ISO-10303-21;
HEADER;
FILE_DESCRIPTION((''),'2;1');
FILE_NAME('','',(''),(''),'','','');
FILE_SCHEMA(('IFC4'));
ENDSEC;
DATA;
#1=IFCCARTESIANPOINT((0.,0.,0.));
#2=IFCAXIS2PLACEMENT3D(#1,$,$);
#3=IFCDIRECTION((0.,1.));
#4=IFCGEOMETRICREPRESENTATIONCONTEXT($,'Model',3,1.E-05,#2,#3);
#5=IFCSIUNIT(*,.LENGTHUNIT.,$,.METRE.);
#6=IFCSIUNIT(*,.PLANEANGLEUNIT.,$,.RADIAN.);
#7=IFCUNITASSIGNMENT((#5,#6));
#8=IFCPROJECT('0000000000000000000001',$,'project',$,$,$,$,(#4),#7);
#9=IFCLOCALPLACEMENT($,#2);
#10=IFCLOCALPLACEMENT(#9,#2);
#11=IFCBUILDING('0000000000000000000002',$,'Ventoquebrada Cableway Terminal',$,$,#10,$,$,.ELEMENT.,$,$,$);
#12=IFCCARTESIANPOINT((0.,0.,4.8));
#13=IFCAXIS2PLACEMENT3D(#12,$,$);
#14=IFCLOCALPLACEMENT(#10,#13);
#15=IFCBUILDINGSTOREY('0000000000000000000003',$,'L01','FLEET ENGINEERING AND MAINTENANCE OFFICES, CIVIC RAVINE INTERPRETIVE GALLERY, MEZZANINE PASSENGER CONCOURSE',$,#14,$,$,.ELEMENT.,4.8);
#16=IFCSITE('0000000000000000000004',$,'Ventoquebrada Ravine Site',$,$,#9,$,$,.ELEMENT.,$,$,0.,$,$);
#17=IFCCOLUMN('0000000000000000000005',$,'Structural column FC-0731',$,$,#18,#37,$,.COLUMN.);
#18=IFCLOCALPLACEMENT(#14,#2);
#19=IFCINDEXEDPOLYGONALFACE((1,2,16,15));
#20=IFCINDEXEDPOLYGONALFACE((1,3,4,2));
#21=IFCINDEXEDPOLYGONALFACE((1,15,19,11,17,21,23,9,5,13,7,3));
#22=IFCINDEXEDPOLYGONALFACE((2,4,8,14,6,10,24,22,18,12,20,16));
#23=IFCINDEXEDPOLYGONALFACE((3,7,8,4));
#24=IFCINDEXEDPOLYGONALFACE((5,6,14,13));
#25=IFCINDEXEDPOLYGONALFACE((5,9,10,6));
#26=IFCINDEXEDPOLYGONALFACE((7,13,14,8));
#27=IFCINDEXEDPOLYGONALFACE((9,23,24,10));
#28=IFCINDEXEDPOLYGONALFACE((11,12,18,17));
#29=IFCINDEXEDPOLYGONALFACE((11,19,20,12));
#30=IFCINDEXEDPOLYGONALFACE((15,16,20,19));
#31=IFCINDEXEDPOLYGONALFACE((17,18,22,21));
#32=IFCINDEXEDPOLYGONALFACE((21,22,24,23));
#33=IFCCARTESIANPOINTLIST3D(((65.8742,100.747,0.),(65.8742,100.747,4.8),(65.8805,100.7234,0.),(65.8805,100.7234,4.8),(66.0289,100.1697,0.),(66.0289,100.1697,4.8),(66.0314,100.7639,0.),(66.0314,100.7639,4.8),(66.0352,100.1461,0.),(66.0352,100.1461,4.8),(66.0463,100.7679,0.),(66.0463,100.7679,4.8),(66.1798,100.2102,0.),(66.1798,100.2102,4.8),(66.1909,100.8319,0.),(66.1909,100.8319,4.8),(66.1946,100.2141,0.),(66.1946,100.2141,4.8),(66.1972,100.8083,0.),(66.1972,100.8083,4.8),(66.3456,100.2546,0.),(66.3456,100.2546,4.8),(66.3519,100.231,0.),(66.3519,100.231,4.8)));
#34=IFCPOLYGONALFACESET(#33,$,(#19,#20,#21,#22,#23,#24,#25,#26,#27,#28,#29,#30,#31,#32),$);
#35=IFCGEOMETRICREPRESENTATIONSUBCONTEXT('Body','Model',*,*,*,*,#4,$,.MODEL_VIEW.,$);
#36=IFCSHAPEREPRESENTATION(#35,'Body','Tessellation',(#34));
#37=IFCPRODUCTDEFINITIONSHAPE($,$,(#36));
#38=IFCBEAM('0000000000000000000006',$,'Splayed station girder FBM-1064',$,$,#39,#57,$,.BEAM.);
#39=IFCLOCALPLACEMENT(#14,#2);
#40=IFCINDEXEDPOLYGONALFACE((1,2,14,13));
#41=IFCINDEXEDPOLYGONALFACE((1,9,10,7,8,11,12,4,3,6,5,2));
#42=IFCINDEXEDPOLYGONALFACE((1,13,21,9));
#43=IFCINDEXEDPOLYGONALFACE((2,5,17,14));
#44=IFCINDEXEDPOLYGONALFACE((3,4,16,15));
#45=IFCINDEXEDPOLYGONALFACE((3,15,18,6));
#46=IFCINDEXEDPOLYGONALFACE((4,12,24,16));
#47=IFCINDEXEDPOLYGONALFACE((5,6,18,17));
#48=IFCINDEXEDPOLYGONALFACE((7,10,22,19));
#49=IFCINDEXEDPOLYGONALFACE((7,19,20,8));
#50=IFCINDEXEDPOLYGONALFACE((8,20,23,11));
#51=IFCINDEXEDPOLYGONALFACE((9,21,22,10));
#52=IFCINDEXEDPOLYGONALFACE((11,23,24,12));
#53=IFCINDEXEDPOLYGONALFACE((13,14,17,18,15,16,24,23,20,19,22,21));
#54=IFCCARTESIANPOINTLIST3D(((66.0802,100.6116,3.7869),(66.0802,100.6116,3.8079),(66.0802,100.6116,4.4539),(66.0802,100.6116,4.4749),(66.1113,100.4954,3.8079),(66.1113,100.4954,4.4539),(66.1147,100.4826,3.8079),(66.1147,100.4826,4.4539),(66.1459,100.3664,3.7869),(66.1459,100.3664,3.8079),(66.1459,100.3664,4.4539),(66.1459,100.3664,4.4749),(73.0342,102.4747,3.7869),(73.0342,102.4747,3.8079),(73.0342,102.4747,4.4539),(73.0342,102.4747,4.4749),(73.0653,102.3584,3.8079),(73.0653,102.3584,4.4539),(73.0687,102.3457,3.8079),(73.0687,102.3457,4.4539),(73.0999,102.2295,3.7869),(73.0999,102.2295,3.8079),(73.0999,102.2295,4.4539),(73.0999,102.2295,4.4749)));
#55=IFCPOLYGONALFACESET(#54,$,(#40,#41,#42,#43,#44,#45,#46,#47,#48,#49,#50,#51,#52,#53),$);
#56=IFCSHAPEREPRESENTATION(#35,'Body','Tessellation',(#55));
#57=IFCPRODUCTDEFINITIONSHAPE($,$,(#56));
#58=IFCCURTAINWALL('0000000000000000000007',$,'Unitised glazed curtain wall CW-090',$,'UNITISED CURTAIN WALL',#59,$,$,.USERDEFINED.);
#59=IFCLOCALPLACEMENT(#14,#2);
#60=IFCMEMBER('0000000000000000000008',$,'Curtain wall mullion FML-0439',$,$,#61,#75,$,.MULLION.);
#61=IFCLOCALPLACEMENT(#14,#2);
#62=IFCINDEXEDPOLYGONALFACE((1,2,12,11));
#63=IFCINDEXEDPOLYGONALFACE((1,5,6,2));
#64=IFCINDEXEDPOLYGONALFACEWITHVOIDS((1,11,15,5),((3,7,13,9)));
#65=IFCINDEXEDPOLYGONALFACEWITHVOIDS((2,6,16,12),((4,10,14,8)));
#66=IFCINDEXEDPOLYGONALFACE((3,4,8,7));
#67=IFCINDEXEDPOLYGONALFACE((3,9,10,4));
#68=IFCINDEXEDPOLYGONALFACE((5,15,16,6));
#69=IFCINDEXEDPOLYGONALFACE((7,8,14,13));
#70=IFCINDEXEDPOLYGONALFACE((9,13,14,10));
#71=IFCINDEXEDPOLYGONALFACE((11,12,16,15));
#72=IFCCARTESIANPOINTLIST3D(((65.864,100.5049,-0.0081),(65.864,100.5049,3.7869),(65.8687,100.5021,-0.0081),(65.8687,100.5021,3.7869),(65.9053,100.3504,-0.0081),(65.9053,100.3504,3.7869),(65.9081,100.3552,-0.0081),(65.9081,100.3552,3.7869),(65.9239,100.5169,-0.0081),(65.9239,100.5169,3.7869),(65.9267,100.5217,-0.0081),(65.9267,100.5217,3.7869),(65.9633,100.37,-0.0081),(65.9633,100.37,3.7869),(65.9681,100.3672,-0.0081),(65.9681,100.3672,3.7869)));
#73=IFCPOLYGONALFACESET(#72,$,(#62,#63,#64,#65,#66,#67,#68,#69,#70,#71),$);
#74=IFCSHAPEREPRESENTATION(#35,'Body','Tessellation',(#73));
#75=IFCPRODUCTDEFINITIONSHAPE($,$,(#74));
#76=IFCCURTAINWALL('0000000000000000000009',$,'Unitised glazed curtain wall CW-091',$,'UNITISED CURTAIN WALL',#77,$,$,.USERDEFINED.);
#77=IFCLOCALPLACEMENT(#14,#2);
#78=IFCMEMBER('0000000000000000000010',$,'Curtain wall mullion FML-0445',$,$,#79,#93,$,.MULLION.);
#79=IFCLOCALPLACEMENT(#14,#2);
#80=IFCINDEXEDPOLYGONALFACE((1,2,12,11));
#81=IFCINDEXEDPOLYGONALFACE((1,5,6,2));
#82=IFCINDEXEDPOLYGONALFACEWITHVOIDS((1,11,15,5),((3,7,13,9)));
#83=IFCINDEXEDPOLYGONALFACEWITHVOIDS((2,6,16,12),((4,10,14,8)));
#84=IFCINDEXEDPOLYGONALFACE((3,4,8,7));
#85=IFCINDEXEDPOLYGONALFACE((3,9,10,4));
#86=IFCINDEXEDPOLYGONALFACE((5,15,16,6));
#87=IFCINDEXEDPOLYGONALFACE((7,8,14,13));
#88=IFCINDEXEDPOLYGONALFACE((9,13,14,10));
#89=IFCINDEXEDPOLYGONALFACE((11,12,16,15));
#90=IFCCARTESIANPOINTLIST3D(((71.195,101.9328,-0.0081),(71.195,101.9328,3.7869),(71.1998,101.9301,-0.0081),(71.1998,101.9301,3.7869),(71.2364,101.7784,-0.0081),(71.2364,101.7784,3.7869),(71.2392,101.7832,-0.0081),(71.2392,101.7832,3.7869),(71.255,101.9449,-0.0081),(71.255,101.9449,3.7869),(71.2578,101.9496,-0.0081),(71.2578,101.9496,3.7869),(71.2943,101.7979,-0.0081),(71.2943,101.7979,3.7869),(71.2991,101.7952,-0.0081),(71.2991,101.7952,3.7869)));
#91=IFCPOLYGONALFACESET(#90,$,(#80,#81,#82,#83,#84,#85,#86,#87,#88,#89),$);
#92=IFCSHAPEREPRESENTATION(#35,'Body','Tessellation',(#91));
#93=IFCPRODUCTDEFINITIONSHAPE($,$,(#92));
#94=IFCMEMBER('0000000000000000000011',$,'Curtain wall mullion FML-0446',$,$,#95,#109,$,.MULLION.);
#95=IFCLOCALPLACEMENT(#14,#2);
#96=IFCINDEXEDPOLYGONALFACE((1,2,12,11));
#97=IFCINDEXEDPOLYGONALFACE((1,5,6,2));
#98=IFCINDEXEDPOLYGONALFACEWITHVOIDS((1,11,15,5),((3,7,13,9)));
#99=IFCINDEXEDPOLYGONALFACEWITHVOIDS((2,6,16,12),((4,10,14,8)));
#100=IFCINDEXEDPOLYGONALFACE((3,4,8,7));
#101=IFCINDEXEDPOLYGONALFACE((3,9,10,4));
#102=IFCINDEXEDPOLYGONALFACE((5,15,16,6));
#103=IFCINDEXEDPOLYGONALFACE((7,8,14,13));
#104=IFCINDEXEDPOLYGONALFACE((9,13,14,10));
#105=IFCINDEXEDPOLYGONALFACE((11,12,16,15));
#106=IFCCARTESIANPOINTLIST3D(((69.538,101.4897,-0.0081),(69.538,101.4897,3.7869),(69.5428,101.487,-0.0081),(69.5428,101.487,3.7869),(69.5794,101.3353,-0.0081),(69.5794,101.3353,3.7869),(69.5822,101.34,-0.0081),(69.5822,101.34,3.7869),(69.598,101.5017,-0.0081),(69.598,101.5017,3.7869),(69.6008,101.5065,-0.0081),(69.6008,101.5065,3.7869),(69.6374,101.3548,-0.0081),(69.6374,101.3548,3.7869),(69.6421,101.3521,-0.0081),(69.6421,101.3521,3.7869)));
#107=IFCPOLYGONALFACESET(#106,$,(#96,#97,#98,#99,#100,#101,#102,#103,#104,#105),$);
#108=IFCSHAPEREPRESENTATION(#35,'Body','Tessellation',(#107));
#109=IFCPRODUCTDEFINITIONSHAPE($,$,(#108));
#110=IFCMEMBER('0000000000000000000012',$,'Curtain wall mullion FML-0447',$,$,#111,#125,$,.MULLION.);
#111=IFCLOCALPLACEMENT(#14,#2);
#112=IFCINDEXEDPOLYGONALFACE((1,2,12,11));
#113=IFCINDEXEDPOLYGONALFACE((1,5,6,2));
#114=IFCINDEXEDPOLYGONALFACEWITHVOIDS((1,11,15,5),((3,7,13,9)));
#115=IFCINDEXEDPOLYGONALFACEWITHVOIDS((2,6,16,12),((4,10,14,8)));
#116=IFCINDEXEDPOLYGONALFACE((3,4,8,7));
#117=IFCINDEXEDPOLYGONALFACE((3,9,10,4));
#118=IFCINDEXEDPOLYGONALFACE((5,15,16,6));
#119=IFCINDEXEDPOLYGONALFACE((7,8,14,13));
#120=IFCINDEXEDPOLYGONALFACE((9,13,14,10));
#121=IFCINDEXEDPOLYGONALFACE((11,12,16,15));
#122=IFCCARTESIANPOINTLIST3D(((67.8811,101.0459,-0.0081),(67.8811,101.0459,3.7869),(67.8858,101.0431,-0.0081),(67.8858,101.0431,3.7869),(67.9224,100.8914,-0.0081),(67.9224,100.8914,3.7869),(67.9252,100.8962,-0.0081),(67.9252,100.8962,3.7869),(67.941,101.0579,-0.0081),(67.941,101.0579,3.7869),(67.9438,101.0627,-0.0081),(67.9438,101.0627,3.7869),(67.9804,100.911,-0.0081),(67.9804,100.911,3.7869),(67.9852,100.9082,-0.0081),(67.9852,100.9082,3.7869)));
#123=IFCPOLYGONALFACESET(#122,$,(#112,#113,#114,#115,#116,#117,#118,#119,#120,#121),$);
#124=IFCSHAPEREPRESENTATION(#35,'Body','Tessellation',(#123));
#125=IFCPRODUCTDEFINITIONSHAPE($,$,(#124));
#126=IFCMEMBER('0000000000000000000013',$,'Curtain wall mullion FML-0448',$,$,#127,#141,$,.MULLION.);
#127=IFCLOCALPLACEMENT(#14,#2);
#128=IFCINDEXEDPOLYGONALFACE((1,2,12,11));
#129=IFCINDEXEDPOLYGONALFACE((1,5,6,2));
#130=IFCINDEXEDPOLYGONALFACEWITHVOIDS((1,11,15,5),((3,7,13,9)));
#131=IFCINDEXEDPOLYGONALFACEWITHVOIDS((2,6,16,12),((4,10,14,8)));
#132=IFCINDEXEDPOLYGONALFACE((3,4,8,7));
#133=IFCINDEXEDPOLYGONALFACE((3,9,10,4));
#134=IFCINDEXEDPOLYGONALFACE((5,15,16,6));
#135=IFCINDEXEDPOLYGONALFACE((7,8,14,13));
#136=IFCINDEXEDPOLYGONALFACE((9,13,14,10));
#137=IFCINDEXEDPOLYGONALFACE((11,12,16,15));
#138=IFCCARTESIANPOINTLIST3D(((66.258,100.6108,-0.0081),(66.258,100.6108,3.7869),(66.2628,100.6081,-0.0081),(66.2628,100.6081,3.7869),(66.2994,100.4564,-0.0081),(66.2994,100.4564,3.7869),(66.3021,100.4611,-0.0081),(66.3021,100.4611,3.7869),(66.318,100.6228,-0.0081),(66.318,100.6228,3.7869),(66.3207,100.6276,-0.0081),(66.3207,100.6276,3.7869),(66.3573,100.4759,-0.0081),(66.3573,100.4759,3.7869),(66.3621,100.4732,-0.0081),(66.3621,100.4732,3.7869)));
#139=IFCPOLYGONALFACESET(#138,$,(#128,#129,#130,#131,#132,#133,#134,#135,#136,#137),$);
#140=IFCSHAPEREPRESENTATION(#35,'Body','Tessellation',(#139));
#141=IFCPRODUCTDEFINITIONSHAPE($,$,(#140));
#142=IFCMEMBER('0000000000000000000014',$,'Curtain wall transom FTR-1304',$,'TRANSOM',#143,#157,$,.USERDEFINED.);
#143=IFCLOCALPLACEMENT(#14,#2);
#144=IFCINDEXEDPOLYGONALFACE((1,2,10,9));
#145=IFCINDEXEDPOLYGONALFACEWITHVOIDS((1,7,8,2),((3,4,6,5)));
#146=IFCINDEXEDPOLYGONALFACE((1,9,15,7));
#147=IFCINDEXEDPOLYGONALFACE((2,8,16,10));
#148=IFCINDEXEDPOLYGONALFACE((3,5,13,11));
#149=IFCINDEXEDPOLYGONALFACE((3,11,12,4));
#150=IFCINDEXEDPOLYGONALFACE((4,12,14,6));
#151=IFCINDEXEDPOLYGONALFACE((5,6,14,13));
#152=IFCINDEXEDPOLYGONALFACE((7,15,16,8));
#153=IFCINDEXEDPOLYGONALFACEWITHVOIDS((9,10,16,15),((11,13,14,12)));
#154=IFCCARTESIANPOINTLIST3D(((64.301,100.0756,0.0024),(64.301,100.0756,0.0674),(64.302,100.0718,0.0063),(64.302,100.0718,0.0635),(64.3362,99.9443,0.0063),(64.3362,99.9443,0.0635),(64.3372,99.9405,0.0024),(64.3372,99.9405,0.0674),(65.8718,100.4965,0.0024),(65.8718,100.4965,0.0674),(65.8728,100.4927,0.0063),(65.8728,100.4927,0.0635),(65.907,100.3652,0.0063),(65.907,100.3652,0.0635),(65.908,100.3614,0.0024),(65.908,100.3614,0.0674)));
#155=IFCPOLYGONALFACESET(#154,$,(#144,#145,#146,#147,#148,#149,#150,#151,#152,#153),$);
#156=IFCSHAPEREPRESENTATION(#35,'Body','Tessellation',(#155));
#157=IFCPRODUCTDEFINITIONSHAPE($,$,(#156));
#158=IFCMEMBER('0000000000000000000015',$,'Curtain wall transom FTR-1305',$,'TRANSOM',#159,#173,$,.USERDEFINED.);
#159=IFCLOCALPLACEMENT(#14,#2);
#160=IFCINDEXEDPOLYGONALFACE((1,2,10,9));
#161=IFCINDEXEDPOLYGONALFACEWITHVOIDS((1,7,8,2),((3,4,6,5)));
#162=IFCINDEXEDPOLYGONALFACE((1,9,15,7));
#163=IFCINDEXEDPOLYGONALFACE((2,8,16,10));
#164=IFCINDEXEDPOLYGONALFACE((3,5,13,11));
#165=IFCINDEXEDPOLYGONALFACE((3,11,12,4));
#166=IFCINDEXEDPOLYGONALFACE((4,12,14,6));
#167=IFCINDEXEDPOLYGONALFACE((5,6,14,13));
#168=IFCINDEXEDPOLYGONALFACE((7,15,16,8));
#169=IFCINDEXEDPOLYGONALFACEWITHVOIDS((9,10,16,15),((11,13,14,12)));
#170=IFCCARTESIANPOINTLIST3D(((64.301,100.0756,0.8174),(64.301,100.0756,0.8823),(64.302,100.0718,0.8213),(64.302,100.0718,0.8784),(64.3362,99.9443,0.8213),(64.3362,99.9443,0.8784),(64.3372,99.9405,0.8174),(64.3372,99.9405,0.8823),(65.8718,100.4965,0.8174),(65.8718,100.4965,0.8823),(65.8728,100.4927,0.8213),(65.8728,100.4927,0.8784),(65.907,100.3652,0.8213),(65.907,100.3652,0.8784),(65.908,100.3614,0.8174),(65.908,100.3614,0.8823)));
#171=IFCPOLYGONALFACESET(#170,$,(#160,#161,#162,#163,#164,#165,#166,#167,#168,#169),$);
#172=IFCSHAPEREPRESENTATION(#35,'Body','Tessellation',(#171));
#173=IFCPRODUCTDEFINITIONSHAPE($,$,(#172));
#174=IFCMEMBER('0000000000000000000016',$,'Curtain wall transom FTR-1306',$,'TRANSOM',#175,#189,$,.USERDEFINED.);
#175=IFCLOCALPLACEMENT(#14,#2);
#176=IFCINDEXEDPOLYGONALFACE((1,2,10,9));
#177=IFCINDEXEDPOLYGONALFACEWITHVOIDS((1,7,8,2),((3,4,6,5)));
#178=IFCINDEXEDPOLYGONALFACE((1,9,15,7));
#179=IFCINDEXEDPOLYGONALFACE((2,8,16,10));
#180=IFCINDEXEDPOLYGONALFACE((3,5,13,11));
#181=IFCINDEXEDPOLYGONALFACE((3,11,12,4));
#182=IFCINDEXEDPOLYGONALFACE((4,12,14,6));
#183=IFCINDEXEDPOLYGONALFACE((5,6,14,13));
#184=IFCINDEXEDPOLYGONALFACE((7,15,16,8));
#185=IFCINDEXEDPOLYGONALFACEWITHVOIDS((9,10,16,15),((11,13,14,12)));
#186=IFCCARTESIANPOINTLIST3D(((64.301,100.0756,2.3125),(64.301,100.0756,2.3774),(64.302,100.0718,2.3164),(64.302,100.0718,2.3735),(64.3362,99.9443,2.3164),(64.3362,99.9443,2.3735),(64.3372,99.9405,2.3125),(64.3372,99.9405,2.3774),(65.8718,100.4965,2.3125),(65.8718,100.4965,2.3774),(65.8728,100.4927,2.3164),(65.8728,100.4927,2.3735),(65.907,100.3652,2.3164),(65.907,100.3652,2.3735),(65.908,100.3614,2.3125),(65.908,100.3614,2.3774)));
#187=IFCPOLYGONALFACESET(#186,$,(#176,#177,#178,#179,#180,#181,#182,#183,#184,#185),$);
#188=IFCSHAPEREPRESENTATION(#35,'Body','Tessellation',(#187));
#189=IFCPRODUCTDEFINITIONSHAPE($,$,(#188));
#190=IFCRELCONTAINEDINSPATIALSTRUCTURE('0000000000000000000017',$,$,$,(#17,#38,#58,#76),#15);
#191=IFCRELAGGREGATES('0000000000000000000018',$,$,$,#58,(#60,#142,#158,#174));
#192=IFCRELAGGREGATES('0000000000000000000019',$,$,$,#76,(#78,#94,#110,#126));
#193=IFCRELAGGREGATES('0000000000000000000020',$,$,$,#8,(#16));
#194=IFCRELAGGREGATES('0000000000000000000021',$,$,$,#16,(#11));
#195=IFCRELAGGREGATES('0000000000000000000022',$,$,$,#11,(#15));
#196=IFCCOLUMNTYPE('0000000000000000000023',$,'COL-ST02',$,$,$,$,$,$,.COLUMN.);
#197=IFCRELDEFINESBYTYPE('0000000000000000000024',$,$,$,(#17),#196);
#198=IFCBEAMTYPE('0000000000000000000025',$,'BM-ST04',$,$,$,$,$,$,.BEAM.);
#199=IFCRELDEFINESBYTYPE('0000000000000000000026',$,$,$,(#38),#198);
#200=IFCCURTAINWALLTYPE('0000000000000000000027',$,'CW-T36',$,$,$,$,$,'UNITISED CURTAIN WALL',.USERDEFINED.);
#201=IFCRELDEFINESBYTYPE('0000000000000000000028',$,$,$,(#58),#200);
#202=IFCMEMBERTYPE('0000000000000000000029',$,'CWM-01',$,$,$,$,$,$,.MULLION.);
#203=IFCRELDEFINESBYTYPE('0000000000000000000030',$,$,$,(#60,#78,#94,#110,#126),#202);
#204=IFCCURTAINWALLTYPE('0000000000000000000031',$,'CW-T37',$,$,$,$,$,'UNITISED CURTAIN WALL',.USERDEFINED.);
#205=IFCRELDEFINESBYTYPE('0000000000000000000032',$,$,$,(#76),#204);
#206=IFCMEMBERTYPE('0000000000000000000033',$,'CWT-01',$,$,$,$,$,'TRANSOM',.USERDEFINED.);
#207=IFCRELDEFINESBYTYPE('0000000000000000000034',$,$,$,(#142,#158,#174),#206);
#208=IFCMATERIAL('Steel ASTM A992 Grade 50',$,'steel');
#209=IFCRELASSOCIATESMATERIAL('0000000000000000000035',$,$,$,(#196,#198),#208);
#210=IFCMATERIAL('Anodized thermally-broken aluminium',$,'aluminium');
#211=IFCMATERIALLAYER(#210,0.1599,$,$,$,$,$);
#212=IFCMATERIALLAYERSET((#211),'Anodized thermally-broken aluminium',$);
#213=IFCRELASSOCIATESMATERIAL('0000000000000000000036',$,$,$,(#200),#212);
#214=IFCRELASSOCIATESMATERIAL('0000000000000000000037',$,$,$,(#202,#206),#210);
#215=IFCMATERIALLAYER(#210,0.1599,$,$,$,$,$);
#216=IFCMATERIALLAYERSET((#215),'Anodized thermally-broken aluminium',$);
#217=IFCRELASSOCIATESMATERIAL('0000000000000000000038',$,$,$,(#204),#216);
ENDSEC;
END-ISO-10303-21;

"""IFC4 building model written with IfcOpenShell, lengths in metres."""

from ifc_helpers import new_model, si_unit, direction, frame, origin, origin_2d, place, context, subcontext, project, spatial, hollow_rectangle, i_section, extrude, material, layer, layer_set, material_profile, profile_set, type_object, element, aggregate, save


model = new_model("IFC4")

# Units and contexts
model_context = context("Model", 3, precision=1e-05, world=origin(), true_north=direction((0.0, 1.0)))
body_context = subcontext(model_context, "Body", "Model", "MODEL_VIEW")
ifc_project = project(units=[si_unit("LENGTHUNIT", "METRE"), si_unit("PLANEANGLEUNIT", "RADIAN")], contexts=[model_context])

# Site, building, storey
site_placement = place(None, origin())
site = spatial("IfcSite", under=ifc_project, at=site_placement, Name="Ventoquebrada Ravine Site", CompositionType="ELEMENT", RefElevation=0.0)
building_placement = place(site_placement, origin())
building = spatial("IfcBuilding", under=site, at=building_placement, Name="Ventoquebrada Cableway Terminal", CompositionType="ELEMENT")
storey_placement = place(building_placement, frame((0.0, 0.0, 4.8)))
storey = spatial("IfcBuildingStorey", under=building, at=storey_placement, Name="L01", Description="FLEET ENGINEERING AND MAINTENANCE OFFICES, CIVIC RAVINE INTERPRETIVE GALLERY, MEZZANINE PASSENGER CONCOURSE", CompositionType="ELEMENT", Elevation=4.8)

# Column
ifc_material_1 = material(Name="Steel ASTM A992 Grade 50", Category="steel")
ifc_material_profile_1 = material_profile(ifc_material_1, i_section(OverallWidth=0.3279, OverallDepth=0.6221, WebThickness=0.0154, FlangeThickness=0.0244, at=origin_2d()), Name="W24X131")
ifc_profile_set_1 = profile_set([ifc_material_profile_1], Name="Steel ASTM A992 Grade 50")
column_type = type_object("IfcColumnType", Name="COL-ST02", PredefinedType="COLUMN", material=ifc_profile_set_1)
column_placement = place(storey_placement, frame((66.113, 100.489, 0.0), z_axis=(0.0, 0.0, 1.0), x_axis=(0.965926, 0.258819, 0.0)))
element("IfcColumn", 1, at=column_placement, inside=storey, type_object=column_type, Name="Structural column FC-0731", PredefinedType="COLUMN", context=body_context, shape_type="SweptSolid", body=[
    extrude(i_section(OverallWidth=0.3279, OverallDepth=0.6221, WebThickness=0.0154, FlangeThickness=0.0244, at=origin_2d()), origin(), (0.0, 0.0, 1.0), 4.8),
])

# Beam
ifc_material_profile_2 = material_profile(ifc_material_1, i_section(OverallWidth=0.2539, OverallDepth=0.688, WebThickness=0.0132, FlangeThickness=0.021, at=origin_2d()), Name="W27X102")
ifc_profile_set_2 = profile_set([ifc_material_profile_2], Name="Steel ASTM A992 Grade 50")
beam_type = type_object("IfcBeamType", Name="BM-ST04", PredefinedType="BEAM", material=ifc_profile_set_2)
beam_placement = place(storey_placement, frame((66.113, 100.489, 4.1309), z_axis=(0.965934, 0.258788, 0.0), x_axis=(-0.258788, 0.965934, 0.0)))
element("IfcBeam", 2, at=beam_placement, inside=storey, type_object=beam_type, Name="Splayed station girder FBM-1064", PredefinedType="BEAM", context=body_context, shape_type="SweptSolid", body=[
    extrude(i_section(OverallWidth=0.2539, OverallDepth=0.688, WebThickness=0.0132, FlangeThickness=0.021, at=origin_2d()), origin(), (0.0, 0.0, 1.0), 7.1992),
])

# Curtain wall, member
ifc_material_2 = material(Name="Anodized thermally-broken aluminium", Category="aluminium")
ifc_layer_1 = layer(ifc_material_2, 0.1599)
ifc_layer_set_1 = layer_set([ifc_layer_1], Name="Anodized thermally-broken aluminium")
curtain_wall_type_1 = type_object("IfcCurtainWallType", Name="CW-T36", ElementType="UNITISED CURTAIN WALL", PredefinedType="USERDEFINED", material=ifc_layer_set_1)
curtain_wall_1_placement = place(storey_placement, origin())
curtain_wall_1 = element("IfcCurtainWall", 3, at=curtain_wall_1_placement, inside=storey, type_object=curtain_wall_type_1, Name="Unitised glazed curtain wall CW-090", ObjectType="UNITISED CURTAIN WALL", PredefinedType="USERDEFINED")
ifc_material_profile_3 = material_profile(ifc_material_2, hollow_rectangle(XDim=0.0649, YDim=0.1599, WallThickness=0.0039, at=origin_2d()), Name="CW-MUL-65X160")
ifc_profile_set_3 = profile_set([ifc_material_profile_3], Name="Anodized thermally-broken aluminium")
member_type_1 = type_object("IfcMemberType", Name="CWM-01", PredefinedType="MULLION", material=ifc_profile_set_3)
member_1_placement = place(storey_placement, frame((65.916, 100.436, -0.0081), z_axis=(0.0, 0.0, 1.0), x_axis=(-0.965935, -0.258785, 0.0)))
member_1 = element("IfcMember", 4, at=member_1_placement, type_object=member_type_1, Name="Curtain wall mullion FML-0439", PredefinedType="MULLION", context=body_context, shape_type="SweptSolid", body=[
    extrude(hollow_rectangle(XDim=0.0649, YDim=0.1599, WallThickness=0.0039, at=origin_2d()), origin(), (0.0, 0.0, 1.0), 3.7949),
])

# Curtain wall, members
ifc_layer_2 = layer(ifc_material_2, 0.1599)
ifc_layer_set_2 = layer_set([ifc_layer_2], Name="Anodized thermally-broken aluminium")
curtain_wall_type_2 = type_object("IfcCurtainWallType", Name="CW-T37", ElementType="UNITISED CURTAIN WALL", PredefinedType="USERDEFINED", material=ifc_layer_set_2)
curtain_wall_2_placement = place(storey_placement, origin())
curtain_wall_2 = element("IfcCurtainWall", 5, at=curtain_wall_2_placement, inside=storey, type_object=curtain_wall_type_2, Name="Unitised glazed curtain wall CW-091", ObjectType="UNITISED CURTAIN WALL", PredefinedType="USERDEFINED")
member_2_placement = place(storey_placement, frame((71.2471, 101.864, -0.0081), z_axis=(0.0, 0.0, 1.0), x_axis=(-0.965962, -0.258684, 0.0)))
member_2 = element("IfcMember", 6, at=member_2_placement, type_object=member_type_1, Name="Curtain wall mullion FML-0445", PredefinedType="MULLION", context=body_context, shape_type="SweptSolid", body=[
    extrude(hollow_rectangle(XDim=0.0649, YDim=0.1599, WallThickness=0.0039, at=origin_2d()), origin(), (0.0, 0.0, 1.0), 3.7949),
])
member_3_placement = place(storey_placement, frame((69.5901, 101.4209, -0.0081), z_axis=(0.0, 0.0, 1.0), x_axis=(-0.965962, -0.258684, 0.0)))
member_3 = element("IfcMember", 7, at=member_3_placement, type_object=member_type_1, Name="Curtain wall mullion FML-0446", PredefinedType="MULLION", context=body_context, shape_type="SweptSolid", body=[
    extrude(hollow_rectangle(XDim=0.0649, YDim=0.1599, WallThickness=0.0039, at=origin_2d()), origin(), (0.0, 0.0, 1.0), 3.7949),
])
member_4_placement = place(storey_placement, frame((67.9331, 100.9771, -0.0081), z_axis=(0.0, 0.0, 1.0), x_axis=(-0.965962, -0.258684, 0.0)))
member_4 = element("IfcMember", 8, at=member_4_placement, type_object=member_type_1, Name="Curtain wall mullion FML-0447", PredefinedType="MULLION", context=body_context, shape_type="SweptSolid", body=[
    extrude(hollow_rectangle(XDim=0.0649, YDim=0.1599, WallThickness=0.0039, at=origin_2d()), origin(), (0.0, 0.0, 1.0), 3.7949),
])
member_5_placement = place(storey_placement, frame((66.3101, 100.542, -0.0081), z_axis=(0.0, 0.0, 1.0), x_axis=(-0.965962, -0.258684, 0.0)))
member_5 = element("IfcMember", 9, at=member_5_placement, type_object=member_type_1, Name="Curtain wall mullion FML-0448", PredefinedType="MULLION", context=body_context, shape_type="SweptSolid", body=[
    extrude(hollow_rectangle(XDim=0.0649, YDim=0.1599, WallThickness=0.0039, at=origin_2d()), origin(), (0.0, 0.0, 1.0), 3.7949),
])

# Members
ifc_material_profile_4 = material_profile(ifc_material_2, hollow_rectangle(XDim=0.0649, YDim=0.1399, WallThickness=0.0039, at=origin_2d()), Name="CW-TRN-65X140")
ifc_profile_set_4 = profile_set([ifc_material_profile_4], Name="Anodized thermally-broken aluminium")
member_type_2 = type_object("IfcMemberType", Name="CWT-01", ElementType="TRANSOM", PredefinedType="USERDEFINED", material=ifc_profile_set_4)
member_6_placement = place(storey_placement, frame((65.8899, 100.429, 0.0349), z_axis=(-0.965925, -0.258821, 0.0), x_axis=(0.0, 0.0, 1.0)))
member_6 = element("IfcMember", 10, at=member_6_placement, type_object=member_type_2, Name="Curtain wall transom FTR-1304", ObjectType="TRANSOM", PredefinedType="USERDEFINED", context=body_context, shape_type="SweptSolid", body=[
    extrude(hollow_rectangle(XDim=0.0649, YDim=0.1399, WallThickness=0.0039, at=origin_2d()), origin(), (0.0, 0.0, 1.0), 1.6262),
])
member_7_placement = place(storey_placement, frame((65.8899, 100.429, 0.8499), z_axis=(-0.965925, -0.258821, 0.0), x_axis=(0.0, 0.0, 1.0)))
member_7 = element("IfcMember", 11, at=member_7_placement, type_object=member_type_2, Name="Curtain wall transom FTR-1305", ObjectType="TRANSOM", PredefinedType="USERDEFINED", context=body_context, shape_type="SweptSolid", body=[
    extrude(hollow_rectangle(XDim=0.0649, YDim=0.1399, WallThickness=0.0039, at=origin_2d()), origin(), (0.0, 0.0, 1.0), 1.6262),
])
member_8_placement = place(storey_placement, frame((65.8899, 100.429, 2.345), z_axis=(-0.965925, -0.258821, 0.0), x_axis=(0.0, 0.0, 1.0)))
member_8 = element("IfcMember", 12, at=member_8_placement, type_object=member_type_2, Name="Curtain wall transom FTR-1306", ObjectType="TRANSOM", PredefinedType="USERDEFINED", context=body_context, shape_type="SweptSolid", body=[
    extrude(hollow_rectangle(XDim=0.0649, YDim=0.1399, WallThickness=0.0039, at=origin_2d()), origin(), (0.0, 0.0, 1.0), 1.6262),
])

aggregate(curtain_wall_1, [member_1, member_6, member_7, member_8])
aggregate(curtain_wall_2, [member_2, member_3, member_4, member_5])

save(model, "model.ifc")
